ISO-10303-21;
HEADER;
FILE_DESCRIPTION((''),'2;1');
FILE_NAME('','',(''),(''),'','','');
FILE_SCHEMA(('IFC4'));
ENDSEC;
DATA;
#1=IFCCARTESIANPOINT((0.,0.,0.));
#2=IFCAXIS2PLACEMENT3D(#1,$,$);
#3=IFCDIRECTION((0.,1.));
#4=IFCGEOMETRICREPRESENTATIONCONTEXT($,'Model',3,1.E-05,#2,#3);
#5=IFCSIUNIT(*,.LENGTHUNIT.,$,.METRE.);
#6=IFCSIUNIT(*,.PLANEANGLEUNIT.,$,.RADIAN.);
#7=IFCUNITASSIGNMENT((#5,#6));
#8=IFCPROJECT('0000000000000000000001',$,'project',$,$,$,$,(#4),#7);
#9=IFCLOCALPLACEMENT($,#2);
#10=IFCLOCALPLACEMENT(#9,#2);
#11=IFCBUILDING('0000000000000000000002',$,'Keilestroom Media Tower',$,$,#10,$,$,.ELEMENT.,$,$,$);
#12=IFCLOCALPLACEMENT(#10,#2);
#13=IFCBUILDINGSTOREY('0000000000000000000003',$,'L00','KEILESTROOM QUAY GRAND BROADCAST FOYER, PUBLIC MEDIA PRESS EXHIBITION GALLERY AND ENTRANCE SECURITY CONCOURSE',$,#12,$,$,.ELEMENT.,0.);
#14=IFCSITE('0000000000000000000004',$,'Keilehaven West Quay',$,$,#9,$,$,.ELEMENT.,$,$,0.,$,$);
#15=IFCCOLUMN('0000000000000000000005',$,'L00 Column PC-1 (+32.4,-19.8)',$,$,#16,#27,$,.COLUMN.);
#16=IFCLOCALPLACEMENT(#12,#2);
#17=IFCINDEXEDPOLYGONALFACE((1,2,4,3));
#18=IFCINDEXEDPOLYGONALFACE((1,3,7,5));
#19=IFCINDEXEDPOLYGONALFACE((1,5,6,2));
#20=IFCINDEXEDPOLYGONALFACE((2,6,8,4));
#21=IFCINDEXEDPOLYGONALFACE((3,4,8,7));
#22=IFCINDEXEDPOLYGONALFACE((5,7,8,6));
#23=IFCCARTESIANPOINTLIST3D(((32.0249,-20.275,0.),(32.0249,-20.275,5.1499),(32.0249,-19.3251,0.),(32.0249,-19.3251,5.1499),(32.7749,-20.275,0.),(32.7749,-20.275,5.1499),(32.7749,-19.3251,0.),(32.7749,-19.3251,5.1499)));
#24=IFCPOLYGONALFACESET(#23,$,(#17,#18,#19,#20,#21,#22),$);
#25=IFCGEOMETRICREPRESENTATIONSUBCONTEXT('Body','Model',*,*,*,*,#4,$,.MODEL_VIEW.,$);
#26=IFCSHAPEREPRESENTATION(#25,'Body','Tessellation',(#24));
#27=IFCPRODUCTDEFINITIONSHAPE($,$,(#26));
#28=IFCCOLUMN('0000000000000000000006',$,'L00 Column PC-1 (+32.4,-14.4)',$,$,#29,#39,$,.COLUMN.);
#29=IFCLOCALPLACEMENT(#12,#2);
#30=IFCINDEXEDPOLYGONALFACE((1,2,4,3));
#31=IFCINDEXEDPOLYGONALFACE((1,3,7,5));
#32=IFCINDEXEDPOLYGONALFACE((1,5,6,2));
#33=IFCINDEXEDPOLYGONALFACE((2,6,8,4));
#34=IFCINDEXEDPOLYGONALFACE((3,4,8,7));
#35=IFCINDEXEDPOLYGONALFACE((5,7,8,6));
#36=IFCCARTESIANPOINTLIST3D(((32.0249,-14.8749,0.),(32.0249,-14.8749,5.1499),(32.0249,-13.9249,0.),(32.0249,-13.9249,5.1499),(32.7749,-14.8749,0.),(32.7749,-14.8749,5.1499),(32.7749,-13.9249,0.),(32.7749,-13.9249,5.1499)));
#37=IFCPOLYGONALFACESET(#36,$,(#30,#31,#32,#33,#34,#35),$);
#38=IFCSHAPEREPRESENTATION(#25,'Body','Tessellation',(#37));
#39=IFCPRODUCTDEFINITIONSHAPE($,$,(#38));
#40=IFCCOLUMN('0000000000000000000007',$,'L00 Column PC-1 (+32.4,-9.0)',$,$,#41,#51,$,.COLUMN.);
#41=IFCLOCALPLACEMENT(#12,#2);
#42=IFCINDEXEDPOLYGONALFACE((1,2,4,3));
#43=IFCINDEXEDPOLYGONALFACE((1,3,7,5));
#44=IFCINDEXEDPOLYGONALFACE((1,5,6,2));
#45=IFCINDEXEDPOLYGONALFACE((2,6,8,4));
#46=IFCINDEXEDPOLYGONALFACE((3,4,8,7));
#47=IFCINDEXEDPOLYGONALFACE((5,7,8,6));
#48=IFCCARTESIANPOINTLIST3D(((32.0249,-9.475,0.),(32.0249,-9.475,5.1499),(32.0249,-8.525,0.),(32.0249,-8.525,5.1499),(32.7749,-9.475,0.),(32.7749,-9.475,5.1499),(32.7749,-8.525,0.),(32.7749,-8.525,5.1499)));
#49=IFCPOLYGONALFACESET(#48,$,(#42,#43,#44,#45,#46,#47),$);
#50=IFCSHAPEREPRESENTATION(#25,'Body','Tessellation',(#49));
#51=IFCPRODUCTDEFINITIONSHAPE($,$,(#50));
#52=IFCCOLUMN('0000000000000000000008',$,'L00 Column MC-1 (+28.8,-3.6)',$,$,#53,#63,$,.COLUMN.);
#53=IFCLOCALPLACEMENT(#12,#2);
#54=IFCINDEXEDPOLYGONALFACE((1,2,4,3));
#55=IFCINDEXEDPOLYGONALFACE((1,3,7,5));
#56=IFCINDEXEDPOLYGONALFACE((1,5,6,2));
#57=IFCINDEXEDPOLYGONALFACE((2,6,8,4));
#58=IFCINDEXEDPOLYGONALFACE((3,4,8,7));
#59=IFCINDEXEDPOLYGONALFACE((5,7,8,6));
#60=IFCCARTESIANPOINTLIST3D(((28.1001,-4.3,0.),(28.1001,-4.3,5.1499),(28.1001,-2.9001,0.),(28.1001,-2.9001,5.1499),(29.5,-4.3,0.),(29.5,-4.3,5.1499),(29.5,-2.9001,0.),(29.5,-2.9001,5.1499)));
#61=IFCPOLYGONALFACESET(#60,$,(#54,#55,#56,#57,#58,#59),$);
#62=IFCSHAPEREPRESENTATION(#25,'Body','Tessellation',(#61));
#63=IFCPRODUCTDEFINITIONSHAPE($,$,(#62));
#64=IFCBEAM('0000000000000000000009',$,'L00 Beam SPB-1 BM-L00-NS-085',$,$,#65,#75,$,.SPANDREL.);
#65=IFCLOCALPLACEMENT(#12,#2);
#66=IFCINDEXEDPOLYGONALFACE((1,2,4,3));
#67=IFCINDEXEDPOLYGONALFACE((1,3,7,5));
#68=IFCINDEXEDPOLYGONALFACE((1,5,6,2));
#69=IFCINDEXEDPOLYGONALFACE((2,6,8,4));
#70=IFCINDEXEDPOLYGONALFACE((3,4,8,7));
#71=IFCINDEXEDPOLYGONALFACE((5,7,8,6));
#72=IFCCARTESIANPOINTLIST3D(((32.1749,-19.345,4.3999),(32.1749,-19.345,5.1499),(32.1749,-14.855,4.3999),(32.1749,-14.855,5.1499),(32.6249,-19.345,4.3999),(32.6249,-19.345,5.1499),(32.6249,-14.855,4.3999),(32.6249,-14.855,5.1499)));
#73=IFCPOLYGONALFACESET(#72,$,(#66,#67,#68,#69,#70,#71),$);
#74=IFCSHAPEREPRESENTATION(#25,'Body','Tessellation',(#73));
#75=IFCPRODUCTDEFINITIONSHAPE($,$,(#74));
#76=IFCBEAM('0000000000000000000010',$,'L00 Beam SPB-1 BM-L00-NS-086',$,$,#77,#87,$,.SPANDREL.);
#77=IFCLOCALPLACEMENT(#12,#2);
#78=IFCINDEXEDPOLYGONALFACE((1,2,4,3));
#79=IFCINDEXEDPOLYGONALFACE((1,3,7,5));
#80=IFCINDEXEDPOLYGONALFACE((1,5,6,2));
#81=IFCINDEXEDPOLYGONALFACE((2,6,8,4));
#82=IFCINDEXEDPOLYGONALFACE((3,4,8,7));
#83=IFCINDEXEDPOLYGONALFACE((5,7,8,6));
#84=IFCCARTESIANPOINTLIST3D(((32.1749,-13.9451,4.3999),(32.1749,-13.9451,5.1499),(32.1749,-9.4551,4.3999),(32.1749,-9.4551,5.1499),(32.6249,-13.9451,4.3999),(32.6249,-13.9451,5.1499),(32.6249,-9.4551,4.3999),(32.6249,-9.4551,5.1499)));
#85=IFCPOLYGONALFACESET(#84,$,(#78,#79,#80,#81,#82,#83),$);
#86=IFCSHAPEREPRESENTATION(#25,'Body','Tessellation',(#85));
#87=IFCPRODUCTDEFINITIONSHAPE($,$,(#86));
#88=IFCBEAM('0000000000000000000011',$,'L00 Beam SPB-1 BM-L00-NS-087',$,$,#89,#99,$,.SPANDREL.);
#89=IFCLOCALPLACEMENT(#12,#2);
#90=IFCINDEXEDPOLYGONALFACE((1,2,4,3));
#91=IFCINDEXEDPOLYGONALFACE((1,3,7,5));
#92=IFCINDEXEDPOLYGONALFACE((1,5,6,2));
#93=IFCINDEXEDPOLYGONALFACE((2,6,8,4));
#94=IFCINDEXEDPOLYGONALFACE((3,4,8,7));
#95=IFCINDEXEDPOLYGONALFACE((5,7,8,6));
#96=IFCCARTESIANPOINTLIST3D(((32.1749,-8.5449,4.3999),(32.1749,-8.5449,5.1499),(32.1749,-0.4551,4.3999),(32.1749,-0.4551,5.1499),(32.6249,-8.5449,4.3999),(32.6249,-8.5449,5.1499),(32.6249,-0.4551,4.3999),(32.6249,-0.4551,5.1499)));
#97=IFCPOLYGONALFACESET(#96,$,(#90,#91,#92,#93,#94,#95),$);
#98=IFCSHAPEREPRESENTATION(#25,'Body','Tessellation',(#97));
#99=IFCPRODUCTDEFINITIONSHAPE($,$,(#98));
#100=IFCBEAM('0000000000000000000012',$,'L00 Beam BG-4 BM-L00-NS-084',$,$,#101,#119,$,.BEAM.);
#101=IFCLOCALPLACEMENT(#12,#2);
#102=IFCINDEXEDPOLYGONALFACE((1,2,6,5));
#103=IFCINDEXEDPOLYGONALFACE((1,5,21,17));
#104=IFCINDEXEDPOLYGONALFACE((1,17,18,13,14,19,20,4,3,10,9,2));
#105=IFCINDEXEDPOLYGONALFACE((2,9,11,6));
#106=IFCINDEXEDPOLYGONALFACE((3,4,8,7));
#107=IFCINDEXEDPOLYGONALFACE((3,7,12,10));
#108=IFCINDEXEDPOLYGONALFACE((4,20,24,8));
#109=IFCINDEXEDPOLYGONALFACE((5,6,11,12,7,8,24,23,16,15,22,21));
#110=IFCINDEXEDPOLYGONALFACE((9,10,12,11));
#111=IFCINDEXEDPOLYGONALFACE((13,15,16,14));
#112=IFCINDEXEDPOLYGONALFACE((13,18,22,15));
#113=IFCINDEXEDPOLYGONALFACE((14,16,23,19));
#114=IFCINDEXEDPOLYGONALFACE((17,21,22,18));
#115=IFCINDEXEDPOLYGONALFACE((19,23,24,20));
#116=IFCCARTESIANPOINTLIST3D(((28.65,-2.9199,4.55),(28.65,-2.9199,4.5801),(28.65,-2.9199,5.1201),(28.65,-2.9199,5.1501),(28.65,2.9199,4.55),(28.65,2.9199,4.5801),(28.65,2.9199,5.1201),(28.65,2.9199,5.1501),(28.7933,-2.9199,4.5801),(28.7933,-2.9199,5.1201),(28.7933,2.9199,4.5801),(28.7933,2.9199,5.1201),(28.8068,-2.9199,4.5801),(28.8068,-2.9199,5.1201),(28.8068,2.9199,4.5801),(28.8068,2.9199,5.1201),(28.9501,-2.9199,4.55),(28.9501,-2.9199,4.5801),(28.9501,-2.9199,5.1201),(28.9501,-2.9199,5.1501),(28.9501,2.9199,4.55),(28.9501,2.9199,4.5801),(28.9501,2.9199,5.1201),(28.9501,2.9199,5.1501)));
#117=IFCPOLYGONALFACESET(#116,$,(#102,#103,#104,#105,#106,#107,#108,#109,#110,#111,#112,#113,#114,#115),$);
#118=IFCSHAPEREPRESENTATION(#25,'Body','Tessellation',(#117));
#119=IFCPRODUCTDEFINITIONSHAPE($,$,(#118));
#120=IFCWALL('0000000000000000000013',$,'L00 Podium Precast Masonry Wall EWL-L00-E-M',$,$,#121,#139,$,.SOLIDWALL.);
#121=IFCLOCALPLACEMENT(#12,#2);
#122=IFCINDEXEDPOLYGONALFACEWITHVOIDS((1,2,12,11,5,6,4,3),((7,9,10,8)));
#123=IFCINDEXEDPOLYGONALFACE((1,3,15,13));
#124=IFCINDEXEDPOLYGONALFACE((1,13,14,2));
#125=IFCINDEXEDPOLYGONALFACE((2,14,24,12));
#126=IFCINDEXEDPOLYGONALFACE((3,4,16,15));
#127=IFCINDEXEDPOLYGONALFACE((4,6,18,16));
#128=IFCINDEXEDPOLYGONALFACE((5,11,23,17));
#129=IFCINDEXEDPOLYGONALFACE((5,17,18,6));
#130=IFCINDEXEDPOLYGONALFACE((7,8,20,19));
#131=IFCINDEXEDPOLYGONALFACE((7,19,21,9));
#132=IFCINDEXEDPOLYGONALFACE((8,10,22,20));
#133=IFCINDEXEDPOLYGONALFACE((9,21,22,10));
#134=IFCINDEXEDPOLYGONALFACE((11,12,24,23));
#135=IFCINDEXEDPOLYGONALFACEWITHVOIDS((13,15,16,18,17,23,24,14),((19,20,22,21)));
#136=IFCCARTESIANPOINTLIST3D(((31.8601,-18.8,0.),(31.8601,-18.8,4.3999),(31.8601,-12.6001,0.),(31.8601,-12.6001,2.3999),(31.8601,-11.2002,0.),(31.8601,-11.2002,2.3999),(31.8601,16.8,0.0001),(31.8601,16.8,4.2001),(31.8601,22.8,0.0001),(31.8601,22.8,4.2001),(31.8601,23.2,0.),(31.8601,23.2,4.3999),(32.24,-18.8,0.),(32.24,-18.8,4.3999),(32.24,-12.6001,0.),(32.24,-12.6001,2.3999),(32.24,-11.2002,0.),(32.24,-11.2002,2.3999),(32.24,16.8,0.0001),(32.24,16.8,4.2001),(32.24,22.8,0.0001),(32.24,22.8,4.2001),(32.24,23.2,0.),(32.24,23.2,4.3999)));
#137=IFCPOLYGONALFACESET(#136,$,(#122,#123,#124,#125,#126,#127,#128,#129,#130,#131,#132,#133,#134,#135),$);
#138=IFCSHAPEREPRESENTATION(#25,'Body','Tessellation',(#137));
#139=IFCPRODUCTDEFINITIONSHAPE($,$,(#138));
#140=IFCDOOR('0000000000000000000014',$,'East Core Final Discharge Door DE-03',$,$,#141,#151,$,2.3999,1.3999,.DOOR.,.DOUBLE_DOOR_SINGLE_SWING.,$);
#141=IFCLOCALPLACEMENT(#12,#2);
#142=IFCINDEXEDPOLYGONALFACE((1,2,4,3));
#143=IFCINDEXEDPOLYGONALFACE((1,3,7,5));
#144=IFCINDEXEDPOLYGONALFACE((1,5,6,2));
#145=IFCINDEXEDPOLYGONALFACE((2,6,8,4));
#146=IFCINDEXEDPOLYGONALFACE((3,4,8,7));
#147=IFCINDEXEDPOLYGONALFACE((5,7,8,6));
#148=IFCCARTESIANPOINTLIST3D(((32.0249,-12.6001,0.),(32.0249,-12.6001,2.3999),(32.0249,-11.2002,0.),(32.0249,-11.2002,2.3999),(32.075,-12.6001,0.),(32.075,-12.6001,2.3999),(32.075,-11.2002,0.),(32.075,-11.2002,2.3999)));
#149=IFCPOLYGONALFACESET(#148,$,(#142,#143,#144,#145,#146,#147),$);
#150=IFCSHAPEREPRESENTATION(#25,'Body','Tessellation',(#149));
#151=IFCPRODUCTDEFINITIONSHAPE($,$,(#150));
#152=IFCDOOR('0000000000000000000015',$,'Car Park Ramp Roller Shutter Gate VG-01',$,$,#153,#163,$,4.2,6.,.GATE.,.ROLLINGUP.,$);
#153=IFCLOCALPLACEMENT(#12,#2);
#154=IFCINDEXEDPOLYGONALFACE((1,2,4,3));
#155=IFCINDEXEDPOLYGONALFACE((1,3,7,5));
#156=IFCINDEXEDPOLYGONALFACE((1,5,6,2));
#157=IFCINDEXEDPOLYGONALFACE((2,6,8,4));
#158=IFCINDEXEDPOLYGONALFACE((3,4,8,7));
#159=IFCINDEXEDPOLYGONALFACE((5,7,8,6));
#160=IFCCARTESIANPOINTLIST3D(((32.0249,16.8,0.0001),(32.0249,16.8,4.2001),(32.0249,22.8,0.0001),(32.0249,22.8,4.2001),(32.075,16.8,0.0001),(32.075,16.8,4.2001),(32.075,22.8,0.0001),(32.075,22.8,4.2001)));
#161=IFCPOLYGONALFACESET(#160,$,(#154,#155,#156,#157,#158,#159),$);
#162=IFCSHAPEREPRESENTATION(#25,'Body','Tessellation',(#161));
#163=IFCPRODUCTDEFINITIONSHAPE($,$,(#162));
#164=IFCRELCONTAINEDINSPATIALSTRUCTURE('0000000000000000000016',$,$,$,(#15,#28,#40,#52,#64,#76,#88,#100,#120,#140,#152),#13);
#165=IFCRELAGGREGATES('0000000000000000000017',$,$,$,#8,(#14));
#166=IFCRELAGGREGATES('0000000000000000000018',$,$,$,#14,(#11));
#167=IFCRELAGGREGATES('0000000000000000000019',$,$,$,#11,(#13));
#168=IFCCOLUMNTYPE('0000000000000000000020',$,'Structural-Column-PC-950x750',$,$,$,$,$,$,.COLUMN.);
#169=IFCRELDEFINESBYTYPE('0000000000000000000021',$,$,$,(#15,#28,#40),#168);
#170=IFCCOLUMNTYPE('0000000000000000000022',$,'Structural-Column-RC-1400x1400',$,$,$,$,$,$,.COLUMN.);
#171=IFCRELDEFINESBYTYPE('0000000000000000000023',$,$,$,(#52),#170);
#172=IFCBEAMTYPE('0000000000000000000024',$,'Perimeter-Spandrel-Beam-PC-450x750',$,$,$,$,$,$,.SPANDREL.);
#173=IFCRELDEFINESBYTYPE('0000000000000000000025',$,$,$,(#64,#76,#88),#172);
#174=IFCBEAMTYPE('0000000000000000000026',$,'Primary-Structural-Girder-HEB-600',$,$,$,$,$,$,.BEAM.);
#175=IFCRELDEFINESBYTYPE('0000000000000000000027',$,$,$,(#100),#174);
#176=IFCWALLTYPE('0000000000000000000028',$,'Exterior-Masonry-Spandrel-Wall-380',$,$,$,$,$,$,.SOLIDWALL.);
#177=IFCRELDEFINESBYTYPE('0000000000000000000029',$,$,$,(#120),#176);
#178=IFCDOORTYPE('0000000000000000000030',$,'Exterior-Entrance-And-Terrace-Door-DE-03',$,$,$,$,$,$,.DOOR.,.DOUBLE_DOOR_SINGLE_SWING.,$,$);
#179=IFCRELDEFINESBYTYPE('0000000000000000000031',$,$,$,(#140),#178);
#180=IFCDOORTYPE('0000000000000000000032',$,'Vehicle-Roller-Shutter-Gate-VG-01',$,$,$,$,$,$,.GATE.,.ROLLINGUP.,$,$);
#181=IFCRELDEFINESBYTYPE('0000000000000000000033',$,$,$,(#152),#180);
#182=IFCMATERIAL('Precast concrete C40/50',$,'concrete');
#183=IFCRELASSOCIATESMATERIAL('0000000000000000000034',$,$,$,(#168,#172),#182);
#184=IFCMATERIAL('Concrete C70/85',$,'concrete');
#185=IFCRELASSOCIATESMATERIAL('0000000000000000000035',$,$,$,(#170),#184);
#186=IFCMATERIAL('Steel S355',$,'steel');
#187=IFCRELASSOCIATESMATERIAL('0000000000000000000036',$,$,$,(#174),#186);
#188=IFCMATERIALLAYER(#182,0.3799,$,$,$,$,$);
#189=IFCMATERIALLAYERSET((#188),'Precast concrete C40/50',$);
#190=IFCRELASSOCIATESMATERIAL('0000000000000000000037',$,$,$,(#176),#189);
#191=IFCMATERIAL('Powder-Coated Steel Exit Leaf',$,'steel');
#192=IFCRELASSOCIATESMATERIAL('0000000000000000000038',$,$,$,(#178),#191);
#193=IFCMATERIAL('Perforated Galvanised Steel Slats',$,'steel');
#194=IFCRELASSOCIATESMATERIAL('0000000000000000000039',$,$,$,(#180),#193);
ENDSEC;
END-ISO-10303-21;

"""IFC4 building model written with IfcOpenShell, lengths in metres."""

from ifc_helpers import new_model, si_unit, direction, frame, frame_2d, origin, origin_2d, place, context, subcontext, project, spatial, rectangle, i_section, extrude, source, transform, mapped, material, layer, layer_set, material_profile, profile_set, type_object, element, fill, save


model = new_model("IFC4")

# Units and contexts
model_context = context("Model", 3, precision=1e-05, world=origin(), true_north=direction((0.0, 1.0)))
body_context = subcontext(model_context, "Body", "Model", "MODEL_VIEW")
ifc_project = project(units=[si_unit("LENGTHUNIT", "METRE"), si_unit("PLANEANGLEUNIT", "RADIAN")], contexts=[model_context])

# Site, building, storey
site_placement = place(None, origin())
site = spatial("IfcSite", under=ifc_project, at=site_placement, Name="Keilehaven West Quay", CompositionType="ELEMENT", RefElevation=0.0)
building_placement = place(site_placement, origin())
building = spatial("IfcBuilding", under=site, at=building_placement, Name="Keilestroom Media Tower", CompositionType="ELEMENT")
storey_placement = place(building_placement, origin())
storey = spatial("IfcBuildingStorey", under=building, at=storey_placement, Name="L00", Description="KEILESTROOM QUAY GRAND BROADCAST FOYER, PUBLIC MEDIA PRESS EXHIBITION GALLERY AND ENTRANCE SECURITY CONCOURSE", CompositionType="ELEMENT", Elevation=0.0)

# Columns
ifc_material_1 = material(Name="Precast concrete C40/50", Category="concrete")
ifc_material_profile_1 = material_profile(ifc_material_1, rectangle(XDim=0.75, YDim=0.95, at=origin_2d()), Name="PC 950x750")
ifc_profile_set_1 = profile_set([ifc_material_profile_1], Name="Precast concrete C40/50")
column_type_1 = type_object("IfcColumnType", Name="Structural-Column-PC-950x750", PredefinedType="COLUMN", material=ifc_profile_set_1)
shared_shape_1 = source(origin(), body_context, "Body", "SweptSolid", [
    extrude(rectangle(XDim=0.75, YDim=0.95, at=origin_2d()), origin(), (0.0, 0.0, 1.0), 5.1499),
])
for number, where, z_axis, x_axis, name in (
    (1, (32.3999, -19.8, 0.0), (0.0, 0.0, 1.0), (1.0, 0.0, 0.0), "L00 Column PC-1 (+32.4,-19.8)"),
    (2, (32.3999, -14.3999, 0.0), (0.0, 0.0, 1.0), (1.0, 0.0, 0.0), "L00 Column PC-1 (+32.4,-14.4)"),
    (3, (32.3999, -9.0, 0.0), (0.0, 0.0, 1.0), (1.0, 0.0, 0.0), "L00 Column PC-1 (+32.4,-9.0)"),
):
    element("IfcColumn", number, at=place(storey_placement, frame(where, z_axis=z_axis, x_axis=x_axis)), inside=storey, type_object=column_type_1, Name=name, PredefinedType="COLUMN", context=body_context, shape_type="MappedRepresentation", body=[
        mapped(shared_shape_1, transform((0.0, 0.0, 0.0), x_axis=(1.0, 0.0, 0.0), y_axis=(0.0, 1.0, 0.0), z_axis=(0.0, 0.0, 1.0), scale=1.0)),
    ])
ifc_material_2 = material(Name="Concrete C70/85", Category="concrete")
ifc_material_profile_2 = material_profile(ifc_material_2, rectangle(XDim=1.3999, YDim=1.3999, at=origin_2d()), Name="RC 1400x1400")
ifc_profile_set_2 = profile_set([ifc_material_profile_2], Name="Concrete C70/85")
column_type_2 = type_object("IfcColumnType", Name="Structural-Column-RC-1400x1400", PredefinedType="COLUMN", material=ifc_profile_set_2)
shared_shape_2 = source(origin(), body_context, "Body", "SweptSolid", [
    extrude(rectangle(XDim=1.3999, YDim=1.3999, at=origin_2d()), origin(), (0.0, 0.0, 1.0), 5.1499),
])
column_placement = place(storey_placement, frame((28.8, -3.6001, 0.0), z_axis=(0.0, 0.0, 1.0), x_axis=(1.0, 0.0, 0.0)))
element("IfcColumn", 4, at=column_placement, inside=storey, type_object=column_type_2, Name="L00 Column MC-1 (+28.8,-3.6)", PredefinedType="COLUMN", context=body_context, shape_type="MappedRepresentation", body=[
    mapped(shared_shape_2, transform((0.0, 0.0, 0.0), x_axis=(1.0, 0.0, 0.0), y_axis=(0.0, 1.0, 0.0), z_axis=(0.0, 0.0, 1.0), scale=1.0)),
])

# Beams
ifc_material_profile_3 = material_profile(ifc_material_1, rectangle(XDim=0.45, YDim=0.75, at=origin_2d()), Name="PC 450x750")
ifc_profile_set_3 = profile_set([ifc_material_profile_3], Name="Precast concrete C40/50")
beam_type_1 = type_object("IfcBeamType", Name="Perimeter-Spandrel-Beam-PC-450x750", PredefinedType="SPANDREL", material=ifc_profile_set_3)
shared_shape_3 = source(origin(), body_context, "Body", "SweptSolid", [
    extrude(rectangle(XDim=0.45, YDim=0.75, at=origin_2d()), origin(), (0.0, 0.0, 1.0), 4.49),
])
for number, where, z_axis, x_axis, name in (
    (5, (32.3999, -19.345, 4.7749), (0.0, 1.0, 0.0), (-1.0, 0.0, 0.0), "L00 Beam SPB-1 BM-L00-NS-085"),
    (6, (32.3999, -13.9451, 4.7749), (0.0, 1.0, 0.0), (-1.0, 0.0, 0.0), "L00 Beam SPB-1 BM-L00-NS-086"),
):
    element("IfcBeam", number, at=place(storey_placement, frame(where, z_axis=z_axis, x_axis=x_axis)), inside=storey, type_object=beam_type_1, Name=name, PredefinedType="SPANDREL", context=body_context, shape_type="MappedRepresentation", body=[
        mapped(shared_shape_3, transform((0.0, 0.0, 0.0), x_axis=(1.0, 0.0, 0.0), y_axis=(0.0, 1.0, 0.0), z_axis=(0.0, 0.0, 1.0), scale=1.0)),
    ])
shared_shape_4 = source(origin(), body_context, "Body", "SweptSolid", [
    extrude(rectangle(XDim=0.45, YDim=0.75, at=origin_2d()), origin(), (0.0, 0.0, 1.0), 8.0898),
])
beam_1_placement = place(storey_placement, frame((32.3999, -8.5449, 4.7749), z_axis=(0.0, 1.0, 0.0), x_axis=(-1.0, 0.0, 0.0)))
element("IfcBeam", 7, at=beam_1_placement, inside=storey, type_object=beam_type_1, Name="L00 Beam SPB-1 BM-L00-NS-087", PredefinedType="SPANDREL", context=body_context, shape_type="MappedRepresentation", body=[
    mapped(shared_shape_4, transform((0.0, 0.0, 0.0), x_axis=(1.0, 0.0, 0.0), y_axis=(0.0, 1.0, 0.0), z_axis=(0.0, 0.0, 1.0), scale=1.0)),
])
ifc_material_3 = material(Name="Steel S355", Category="steel")
ifc_material_profile_4 = material_profile(ifc_material_3, i_section(OverallWidth=0.3, OverallDepth=0.6001, WebThickness=0.0134, FlangeThickness=0.03, at=origin_2d()), Name="HEB 600")
ifc_profile_set_4 = profile_set([ifc_material_profile_4], Name="Steel S355")
beam_type_2 = type_object("IfcBeamType", Name="Primary-Structural-Girder-HEB-600", PredefinedType="BEAM", material=ifc_profile_set_4)
shared_shape_5 = source(origin(), body_context, "Body", "SweptSolid", [
    extrude(i_section(OverallWidth=0.3, OverallDepth=0.6001, WebThickness=0.0134, FlangeThickness=0.03, at=origin_2d()), origin(), (0.0, 0.0, 1.0), 5.8398),
])
beam_2_placement = place(storey_placement, frame((28.8, -2.9199, 4.8501), z_axis=(0.0, 1.0, 0.0), x_axis=(-1.0, 0.0, 0.0)))
element("IfcBeam", 8, at=beam_2_placement, inside=storey, type_object=beam_type_2, Name="L00 Beam BG-4 BM-L00-NS-084", PredefinedType="BEAM", context=body_context, shape_type="MappedRepresentation", body=[
    mapped(shared_shape_5, transform((0.0, 0.0, 0.0), x_axis=(1.0, 0.0, 0.0), y_axis=(0.0, 1.0, 0.0), z_axis=(0.0, 0.0, 1.0), scale=1.0)),
])

# Wall, openings, doors
ifc_layer_1 = layer(ifc_material_1, 0.3799)
ifc_layer_set_1 = layer_set([ifc_layer_1], Name="Precast concrete C40/50")
wall_type_1 = type_object("IfcWallType", Name="Exterior-Masonry-Spandrel-Wall-380", PredefinedType="SOLIDWALL", material=ifc_layer_set_1)
wall_1_placement = place(storey_placement, frame((32.05, -18.8, 0.0), z_axis=(0.0, 0.0, 1.0), x_axis=(0.0, 1.0, 0.0)))
wall_1 = element("IfcWall", 9, at=wall_1_placement, inside=storey, type_object=wall_type_1, Name="L00 Podium Precast Masonry Wall EWL-L00-E-M", PredefinedType="SOLIDWALL", context=body_context, shape_type="SweptSolid", body=[
    extrude(rectangle(XDim=42.0, YDim=0.3799, at=frame_2d((21.0, 0.0))), origin(), (0.0, 0.0, 1.0), 4.3999),
])
opening_1_placement = place(wall_1_placement, frame((35.6001, 0.0, 0.0)))
opening_1 = element("IfcOpeningElement", 10, at=opening_1_placement, cuts=wall_1, PredefinedType="OPENING", context=body_context, shape_type="SweptSolid", body=[
    extrude(rectangle(XDim=6.0, YDim=4.2, at=frame_2d((3.0, 2.1001))), frame((0.0, 0.2, 0.0), z_axis=(0.0, -1.0, 0.0), x_axis=(1.0, 0.0, 0.0)), (0.0, 0.0, 1.0), 0.3999),
])
opening_2_placement = place(wall_1_placement, frame((6.2, 0.0, 0.0)))
opening_2 = element("IfcOpeningElement", 11, at=opening_2_placement, cuts=wall_1, PredefinedType="OPENING", context=body_context, shape_type="SweptSolid", body=[
    extrude(rectangle(XDim=1.3999, YDim=2.3999, at=frame_2d((0.7, 1.2))), frame((0.0, 0.2, 0.0), z_axis=(0.0, -1.0, 0.0), x_axis=(1.0, 0.0, 0.0)), (0.0, 0.0, 1.0), 0.3999),
])
ifc_material_4 = material(Name="Powder-Coated Steel Exit Leaf", Category="steel")
door_type_1 = type_object("IfcDoorType", Name="Exterior-Entrance-And-Terrace-Door-DE-03", OperationType="DOUBLE_DOOR_SINGLE_SWING", PredefinedType="DOOR", material=ifc_material_4)
shared_shape_6 = source(origin(), body_context, "Body", "SweptSolid", [
    extrude(rectangle(XDim=1.3999, YDim=2.3999, at=frame_2d((0.7, 1.2))), frame((0.0, 0.0249, 0.0), z_axis=(0.0, -1.0, 0.0), x_axis=(1.0, 0.0, 0.0)), (0.0, 0.0, 1.0), 0.05),
])
door_1_placement = place(opening_2_placement, frame((1.3999, 0.0, 0.0), z_axis=(0.0, 0.0, 1.0), x_axis=(-1.0, 0.0, 0.0)))
door_1 = element("IfcDoor", 12, at=door_1_placement, inside=storey, type_object=door_type_1, Name="East Core Final Discharge Door DE-03", OperationType="DOUBLE_DOOR_SINGLE_SWING", OverallHeight=2.3999, OverallWidth=1.3999, PredefinedType="DOOR", context=body_context, shape_type="MappedRepresentation", body=[
    mapped(shared_shape_6, transform((0.0, 0.0, 0.0), x_axis=(1.0, 0.0, 0.0), y_axis=(0.0, 1.0, 0.0), z_axis=(0.0, 0.0, 1.0), scale=1.0)),
])
fill(opening_2, door_1)
ifc_material_5 = material(Name="Perforated Galvanised Steel Slats", Category="steel")
door_type_2 = type_object("IfcDoorType", Name="Vehicle-Roller-Shutter-Gate-VG-01", OperationType="ROLLINGUP", PredefinedType="GATE", material=ifc_material_5)
shared_shape_7 = source(origin(), body_context, "Body", "SweptSolid", [
    extrude(rectangle(XDim=6.0, YDim=4.2, at=frame_2d((3.0, 2.1001))), frame((0.0, 0.0249, 0.0), z_axis=(0.0, -1.0, 0.0), x_axis=(1.0, 0.0, 0.0)), (0.0, 0.0, 1.0), 0.05),
])
door_2_placement = place(opening_1_placement, frame((6.0, 0.0, 0.0), z_axis=(0.0, 0.0, 1.0), x_axis=(-1.0, 0.0, 0.0)))
door_2 = element("IfcDoor", 13, at=door_2_placement, inside=storey, type_object=door_type_2, Name="Car Park Ramp Roller Shutter Gate VG-01", OperationType="ROLLINGUP", OverallHeight=4.2, OverallWidth=6.0, PredefinedType="GATE", context=body_context, shape_type="MappedRepresentation", body=[
    mapped(shared_shape_7, transform((0.0, 0.0, 0.0), x_axis=(1.0, 0.0, 0.0), y_axis=(0.0, 1.0, 0.0), z_axis=(0.0, 0.0, 1.0), scale=1.0)),
])
fill(opening_1, door_2)

save(model, "model.ifc")
